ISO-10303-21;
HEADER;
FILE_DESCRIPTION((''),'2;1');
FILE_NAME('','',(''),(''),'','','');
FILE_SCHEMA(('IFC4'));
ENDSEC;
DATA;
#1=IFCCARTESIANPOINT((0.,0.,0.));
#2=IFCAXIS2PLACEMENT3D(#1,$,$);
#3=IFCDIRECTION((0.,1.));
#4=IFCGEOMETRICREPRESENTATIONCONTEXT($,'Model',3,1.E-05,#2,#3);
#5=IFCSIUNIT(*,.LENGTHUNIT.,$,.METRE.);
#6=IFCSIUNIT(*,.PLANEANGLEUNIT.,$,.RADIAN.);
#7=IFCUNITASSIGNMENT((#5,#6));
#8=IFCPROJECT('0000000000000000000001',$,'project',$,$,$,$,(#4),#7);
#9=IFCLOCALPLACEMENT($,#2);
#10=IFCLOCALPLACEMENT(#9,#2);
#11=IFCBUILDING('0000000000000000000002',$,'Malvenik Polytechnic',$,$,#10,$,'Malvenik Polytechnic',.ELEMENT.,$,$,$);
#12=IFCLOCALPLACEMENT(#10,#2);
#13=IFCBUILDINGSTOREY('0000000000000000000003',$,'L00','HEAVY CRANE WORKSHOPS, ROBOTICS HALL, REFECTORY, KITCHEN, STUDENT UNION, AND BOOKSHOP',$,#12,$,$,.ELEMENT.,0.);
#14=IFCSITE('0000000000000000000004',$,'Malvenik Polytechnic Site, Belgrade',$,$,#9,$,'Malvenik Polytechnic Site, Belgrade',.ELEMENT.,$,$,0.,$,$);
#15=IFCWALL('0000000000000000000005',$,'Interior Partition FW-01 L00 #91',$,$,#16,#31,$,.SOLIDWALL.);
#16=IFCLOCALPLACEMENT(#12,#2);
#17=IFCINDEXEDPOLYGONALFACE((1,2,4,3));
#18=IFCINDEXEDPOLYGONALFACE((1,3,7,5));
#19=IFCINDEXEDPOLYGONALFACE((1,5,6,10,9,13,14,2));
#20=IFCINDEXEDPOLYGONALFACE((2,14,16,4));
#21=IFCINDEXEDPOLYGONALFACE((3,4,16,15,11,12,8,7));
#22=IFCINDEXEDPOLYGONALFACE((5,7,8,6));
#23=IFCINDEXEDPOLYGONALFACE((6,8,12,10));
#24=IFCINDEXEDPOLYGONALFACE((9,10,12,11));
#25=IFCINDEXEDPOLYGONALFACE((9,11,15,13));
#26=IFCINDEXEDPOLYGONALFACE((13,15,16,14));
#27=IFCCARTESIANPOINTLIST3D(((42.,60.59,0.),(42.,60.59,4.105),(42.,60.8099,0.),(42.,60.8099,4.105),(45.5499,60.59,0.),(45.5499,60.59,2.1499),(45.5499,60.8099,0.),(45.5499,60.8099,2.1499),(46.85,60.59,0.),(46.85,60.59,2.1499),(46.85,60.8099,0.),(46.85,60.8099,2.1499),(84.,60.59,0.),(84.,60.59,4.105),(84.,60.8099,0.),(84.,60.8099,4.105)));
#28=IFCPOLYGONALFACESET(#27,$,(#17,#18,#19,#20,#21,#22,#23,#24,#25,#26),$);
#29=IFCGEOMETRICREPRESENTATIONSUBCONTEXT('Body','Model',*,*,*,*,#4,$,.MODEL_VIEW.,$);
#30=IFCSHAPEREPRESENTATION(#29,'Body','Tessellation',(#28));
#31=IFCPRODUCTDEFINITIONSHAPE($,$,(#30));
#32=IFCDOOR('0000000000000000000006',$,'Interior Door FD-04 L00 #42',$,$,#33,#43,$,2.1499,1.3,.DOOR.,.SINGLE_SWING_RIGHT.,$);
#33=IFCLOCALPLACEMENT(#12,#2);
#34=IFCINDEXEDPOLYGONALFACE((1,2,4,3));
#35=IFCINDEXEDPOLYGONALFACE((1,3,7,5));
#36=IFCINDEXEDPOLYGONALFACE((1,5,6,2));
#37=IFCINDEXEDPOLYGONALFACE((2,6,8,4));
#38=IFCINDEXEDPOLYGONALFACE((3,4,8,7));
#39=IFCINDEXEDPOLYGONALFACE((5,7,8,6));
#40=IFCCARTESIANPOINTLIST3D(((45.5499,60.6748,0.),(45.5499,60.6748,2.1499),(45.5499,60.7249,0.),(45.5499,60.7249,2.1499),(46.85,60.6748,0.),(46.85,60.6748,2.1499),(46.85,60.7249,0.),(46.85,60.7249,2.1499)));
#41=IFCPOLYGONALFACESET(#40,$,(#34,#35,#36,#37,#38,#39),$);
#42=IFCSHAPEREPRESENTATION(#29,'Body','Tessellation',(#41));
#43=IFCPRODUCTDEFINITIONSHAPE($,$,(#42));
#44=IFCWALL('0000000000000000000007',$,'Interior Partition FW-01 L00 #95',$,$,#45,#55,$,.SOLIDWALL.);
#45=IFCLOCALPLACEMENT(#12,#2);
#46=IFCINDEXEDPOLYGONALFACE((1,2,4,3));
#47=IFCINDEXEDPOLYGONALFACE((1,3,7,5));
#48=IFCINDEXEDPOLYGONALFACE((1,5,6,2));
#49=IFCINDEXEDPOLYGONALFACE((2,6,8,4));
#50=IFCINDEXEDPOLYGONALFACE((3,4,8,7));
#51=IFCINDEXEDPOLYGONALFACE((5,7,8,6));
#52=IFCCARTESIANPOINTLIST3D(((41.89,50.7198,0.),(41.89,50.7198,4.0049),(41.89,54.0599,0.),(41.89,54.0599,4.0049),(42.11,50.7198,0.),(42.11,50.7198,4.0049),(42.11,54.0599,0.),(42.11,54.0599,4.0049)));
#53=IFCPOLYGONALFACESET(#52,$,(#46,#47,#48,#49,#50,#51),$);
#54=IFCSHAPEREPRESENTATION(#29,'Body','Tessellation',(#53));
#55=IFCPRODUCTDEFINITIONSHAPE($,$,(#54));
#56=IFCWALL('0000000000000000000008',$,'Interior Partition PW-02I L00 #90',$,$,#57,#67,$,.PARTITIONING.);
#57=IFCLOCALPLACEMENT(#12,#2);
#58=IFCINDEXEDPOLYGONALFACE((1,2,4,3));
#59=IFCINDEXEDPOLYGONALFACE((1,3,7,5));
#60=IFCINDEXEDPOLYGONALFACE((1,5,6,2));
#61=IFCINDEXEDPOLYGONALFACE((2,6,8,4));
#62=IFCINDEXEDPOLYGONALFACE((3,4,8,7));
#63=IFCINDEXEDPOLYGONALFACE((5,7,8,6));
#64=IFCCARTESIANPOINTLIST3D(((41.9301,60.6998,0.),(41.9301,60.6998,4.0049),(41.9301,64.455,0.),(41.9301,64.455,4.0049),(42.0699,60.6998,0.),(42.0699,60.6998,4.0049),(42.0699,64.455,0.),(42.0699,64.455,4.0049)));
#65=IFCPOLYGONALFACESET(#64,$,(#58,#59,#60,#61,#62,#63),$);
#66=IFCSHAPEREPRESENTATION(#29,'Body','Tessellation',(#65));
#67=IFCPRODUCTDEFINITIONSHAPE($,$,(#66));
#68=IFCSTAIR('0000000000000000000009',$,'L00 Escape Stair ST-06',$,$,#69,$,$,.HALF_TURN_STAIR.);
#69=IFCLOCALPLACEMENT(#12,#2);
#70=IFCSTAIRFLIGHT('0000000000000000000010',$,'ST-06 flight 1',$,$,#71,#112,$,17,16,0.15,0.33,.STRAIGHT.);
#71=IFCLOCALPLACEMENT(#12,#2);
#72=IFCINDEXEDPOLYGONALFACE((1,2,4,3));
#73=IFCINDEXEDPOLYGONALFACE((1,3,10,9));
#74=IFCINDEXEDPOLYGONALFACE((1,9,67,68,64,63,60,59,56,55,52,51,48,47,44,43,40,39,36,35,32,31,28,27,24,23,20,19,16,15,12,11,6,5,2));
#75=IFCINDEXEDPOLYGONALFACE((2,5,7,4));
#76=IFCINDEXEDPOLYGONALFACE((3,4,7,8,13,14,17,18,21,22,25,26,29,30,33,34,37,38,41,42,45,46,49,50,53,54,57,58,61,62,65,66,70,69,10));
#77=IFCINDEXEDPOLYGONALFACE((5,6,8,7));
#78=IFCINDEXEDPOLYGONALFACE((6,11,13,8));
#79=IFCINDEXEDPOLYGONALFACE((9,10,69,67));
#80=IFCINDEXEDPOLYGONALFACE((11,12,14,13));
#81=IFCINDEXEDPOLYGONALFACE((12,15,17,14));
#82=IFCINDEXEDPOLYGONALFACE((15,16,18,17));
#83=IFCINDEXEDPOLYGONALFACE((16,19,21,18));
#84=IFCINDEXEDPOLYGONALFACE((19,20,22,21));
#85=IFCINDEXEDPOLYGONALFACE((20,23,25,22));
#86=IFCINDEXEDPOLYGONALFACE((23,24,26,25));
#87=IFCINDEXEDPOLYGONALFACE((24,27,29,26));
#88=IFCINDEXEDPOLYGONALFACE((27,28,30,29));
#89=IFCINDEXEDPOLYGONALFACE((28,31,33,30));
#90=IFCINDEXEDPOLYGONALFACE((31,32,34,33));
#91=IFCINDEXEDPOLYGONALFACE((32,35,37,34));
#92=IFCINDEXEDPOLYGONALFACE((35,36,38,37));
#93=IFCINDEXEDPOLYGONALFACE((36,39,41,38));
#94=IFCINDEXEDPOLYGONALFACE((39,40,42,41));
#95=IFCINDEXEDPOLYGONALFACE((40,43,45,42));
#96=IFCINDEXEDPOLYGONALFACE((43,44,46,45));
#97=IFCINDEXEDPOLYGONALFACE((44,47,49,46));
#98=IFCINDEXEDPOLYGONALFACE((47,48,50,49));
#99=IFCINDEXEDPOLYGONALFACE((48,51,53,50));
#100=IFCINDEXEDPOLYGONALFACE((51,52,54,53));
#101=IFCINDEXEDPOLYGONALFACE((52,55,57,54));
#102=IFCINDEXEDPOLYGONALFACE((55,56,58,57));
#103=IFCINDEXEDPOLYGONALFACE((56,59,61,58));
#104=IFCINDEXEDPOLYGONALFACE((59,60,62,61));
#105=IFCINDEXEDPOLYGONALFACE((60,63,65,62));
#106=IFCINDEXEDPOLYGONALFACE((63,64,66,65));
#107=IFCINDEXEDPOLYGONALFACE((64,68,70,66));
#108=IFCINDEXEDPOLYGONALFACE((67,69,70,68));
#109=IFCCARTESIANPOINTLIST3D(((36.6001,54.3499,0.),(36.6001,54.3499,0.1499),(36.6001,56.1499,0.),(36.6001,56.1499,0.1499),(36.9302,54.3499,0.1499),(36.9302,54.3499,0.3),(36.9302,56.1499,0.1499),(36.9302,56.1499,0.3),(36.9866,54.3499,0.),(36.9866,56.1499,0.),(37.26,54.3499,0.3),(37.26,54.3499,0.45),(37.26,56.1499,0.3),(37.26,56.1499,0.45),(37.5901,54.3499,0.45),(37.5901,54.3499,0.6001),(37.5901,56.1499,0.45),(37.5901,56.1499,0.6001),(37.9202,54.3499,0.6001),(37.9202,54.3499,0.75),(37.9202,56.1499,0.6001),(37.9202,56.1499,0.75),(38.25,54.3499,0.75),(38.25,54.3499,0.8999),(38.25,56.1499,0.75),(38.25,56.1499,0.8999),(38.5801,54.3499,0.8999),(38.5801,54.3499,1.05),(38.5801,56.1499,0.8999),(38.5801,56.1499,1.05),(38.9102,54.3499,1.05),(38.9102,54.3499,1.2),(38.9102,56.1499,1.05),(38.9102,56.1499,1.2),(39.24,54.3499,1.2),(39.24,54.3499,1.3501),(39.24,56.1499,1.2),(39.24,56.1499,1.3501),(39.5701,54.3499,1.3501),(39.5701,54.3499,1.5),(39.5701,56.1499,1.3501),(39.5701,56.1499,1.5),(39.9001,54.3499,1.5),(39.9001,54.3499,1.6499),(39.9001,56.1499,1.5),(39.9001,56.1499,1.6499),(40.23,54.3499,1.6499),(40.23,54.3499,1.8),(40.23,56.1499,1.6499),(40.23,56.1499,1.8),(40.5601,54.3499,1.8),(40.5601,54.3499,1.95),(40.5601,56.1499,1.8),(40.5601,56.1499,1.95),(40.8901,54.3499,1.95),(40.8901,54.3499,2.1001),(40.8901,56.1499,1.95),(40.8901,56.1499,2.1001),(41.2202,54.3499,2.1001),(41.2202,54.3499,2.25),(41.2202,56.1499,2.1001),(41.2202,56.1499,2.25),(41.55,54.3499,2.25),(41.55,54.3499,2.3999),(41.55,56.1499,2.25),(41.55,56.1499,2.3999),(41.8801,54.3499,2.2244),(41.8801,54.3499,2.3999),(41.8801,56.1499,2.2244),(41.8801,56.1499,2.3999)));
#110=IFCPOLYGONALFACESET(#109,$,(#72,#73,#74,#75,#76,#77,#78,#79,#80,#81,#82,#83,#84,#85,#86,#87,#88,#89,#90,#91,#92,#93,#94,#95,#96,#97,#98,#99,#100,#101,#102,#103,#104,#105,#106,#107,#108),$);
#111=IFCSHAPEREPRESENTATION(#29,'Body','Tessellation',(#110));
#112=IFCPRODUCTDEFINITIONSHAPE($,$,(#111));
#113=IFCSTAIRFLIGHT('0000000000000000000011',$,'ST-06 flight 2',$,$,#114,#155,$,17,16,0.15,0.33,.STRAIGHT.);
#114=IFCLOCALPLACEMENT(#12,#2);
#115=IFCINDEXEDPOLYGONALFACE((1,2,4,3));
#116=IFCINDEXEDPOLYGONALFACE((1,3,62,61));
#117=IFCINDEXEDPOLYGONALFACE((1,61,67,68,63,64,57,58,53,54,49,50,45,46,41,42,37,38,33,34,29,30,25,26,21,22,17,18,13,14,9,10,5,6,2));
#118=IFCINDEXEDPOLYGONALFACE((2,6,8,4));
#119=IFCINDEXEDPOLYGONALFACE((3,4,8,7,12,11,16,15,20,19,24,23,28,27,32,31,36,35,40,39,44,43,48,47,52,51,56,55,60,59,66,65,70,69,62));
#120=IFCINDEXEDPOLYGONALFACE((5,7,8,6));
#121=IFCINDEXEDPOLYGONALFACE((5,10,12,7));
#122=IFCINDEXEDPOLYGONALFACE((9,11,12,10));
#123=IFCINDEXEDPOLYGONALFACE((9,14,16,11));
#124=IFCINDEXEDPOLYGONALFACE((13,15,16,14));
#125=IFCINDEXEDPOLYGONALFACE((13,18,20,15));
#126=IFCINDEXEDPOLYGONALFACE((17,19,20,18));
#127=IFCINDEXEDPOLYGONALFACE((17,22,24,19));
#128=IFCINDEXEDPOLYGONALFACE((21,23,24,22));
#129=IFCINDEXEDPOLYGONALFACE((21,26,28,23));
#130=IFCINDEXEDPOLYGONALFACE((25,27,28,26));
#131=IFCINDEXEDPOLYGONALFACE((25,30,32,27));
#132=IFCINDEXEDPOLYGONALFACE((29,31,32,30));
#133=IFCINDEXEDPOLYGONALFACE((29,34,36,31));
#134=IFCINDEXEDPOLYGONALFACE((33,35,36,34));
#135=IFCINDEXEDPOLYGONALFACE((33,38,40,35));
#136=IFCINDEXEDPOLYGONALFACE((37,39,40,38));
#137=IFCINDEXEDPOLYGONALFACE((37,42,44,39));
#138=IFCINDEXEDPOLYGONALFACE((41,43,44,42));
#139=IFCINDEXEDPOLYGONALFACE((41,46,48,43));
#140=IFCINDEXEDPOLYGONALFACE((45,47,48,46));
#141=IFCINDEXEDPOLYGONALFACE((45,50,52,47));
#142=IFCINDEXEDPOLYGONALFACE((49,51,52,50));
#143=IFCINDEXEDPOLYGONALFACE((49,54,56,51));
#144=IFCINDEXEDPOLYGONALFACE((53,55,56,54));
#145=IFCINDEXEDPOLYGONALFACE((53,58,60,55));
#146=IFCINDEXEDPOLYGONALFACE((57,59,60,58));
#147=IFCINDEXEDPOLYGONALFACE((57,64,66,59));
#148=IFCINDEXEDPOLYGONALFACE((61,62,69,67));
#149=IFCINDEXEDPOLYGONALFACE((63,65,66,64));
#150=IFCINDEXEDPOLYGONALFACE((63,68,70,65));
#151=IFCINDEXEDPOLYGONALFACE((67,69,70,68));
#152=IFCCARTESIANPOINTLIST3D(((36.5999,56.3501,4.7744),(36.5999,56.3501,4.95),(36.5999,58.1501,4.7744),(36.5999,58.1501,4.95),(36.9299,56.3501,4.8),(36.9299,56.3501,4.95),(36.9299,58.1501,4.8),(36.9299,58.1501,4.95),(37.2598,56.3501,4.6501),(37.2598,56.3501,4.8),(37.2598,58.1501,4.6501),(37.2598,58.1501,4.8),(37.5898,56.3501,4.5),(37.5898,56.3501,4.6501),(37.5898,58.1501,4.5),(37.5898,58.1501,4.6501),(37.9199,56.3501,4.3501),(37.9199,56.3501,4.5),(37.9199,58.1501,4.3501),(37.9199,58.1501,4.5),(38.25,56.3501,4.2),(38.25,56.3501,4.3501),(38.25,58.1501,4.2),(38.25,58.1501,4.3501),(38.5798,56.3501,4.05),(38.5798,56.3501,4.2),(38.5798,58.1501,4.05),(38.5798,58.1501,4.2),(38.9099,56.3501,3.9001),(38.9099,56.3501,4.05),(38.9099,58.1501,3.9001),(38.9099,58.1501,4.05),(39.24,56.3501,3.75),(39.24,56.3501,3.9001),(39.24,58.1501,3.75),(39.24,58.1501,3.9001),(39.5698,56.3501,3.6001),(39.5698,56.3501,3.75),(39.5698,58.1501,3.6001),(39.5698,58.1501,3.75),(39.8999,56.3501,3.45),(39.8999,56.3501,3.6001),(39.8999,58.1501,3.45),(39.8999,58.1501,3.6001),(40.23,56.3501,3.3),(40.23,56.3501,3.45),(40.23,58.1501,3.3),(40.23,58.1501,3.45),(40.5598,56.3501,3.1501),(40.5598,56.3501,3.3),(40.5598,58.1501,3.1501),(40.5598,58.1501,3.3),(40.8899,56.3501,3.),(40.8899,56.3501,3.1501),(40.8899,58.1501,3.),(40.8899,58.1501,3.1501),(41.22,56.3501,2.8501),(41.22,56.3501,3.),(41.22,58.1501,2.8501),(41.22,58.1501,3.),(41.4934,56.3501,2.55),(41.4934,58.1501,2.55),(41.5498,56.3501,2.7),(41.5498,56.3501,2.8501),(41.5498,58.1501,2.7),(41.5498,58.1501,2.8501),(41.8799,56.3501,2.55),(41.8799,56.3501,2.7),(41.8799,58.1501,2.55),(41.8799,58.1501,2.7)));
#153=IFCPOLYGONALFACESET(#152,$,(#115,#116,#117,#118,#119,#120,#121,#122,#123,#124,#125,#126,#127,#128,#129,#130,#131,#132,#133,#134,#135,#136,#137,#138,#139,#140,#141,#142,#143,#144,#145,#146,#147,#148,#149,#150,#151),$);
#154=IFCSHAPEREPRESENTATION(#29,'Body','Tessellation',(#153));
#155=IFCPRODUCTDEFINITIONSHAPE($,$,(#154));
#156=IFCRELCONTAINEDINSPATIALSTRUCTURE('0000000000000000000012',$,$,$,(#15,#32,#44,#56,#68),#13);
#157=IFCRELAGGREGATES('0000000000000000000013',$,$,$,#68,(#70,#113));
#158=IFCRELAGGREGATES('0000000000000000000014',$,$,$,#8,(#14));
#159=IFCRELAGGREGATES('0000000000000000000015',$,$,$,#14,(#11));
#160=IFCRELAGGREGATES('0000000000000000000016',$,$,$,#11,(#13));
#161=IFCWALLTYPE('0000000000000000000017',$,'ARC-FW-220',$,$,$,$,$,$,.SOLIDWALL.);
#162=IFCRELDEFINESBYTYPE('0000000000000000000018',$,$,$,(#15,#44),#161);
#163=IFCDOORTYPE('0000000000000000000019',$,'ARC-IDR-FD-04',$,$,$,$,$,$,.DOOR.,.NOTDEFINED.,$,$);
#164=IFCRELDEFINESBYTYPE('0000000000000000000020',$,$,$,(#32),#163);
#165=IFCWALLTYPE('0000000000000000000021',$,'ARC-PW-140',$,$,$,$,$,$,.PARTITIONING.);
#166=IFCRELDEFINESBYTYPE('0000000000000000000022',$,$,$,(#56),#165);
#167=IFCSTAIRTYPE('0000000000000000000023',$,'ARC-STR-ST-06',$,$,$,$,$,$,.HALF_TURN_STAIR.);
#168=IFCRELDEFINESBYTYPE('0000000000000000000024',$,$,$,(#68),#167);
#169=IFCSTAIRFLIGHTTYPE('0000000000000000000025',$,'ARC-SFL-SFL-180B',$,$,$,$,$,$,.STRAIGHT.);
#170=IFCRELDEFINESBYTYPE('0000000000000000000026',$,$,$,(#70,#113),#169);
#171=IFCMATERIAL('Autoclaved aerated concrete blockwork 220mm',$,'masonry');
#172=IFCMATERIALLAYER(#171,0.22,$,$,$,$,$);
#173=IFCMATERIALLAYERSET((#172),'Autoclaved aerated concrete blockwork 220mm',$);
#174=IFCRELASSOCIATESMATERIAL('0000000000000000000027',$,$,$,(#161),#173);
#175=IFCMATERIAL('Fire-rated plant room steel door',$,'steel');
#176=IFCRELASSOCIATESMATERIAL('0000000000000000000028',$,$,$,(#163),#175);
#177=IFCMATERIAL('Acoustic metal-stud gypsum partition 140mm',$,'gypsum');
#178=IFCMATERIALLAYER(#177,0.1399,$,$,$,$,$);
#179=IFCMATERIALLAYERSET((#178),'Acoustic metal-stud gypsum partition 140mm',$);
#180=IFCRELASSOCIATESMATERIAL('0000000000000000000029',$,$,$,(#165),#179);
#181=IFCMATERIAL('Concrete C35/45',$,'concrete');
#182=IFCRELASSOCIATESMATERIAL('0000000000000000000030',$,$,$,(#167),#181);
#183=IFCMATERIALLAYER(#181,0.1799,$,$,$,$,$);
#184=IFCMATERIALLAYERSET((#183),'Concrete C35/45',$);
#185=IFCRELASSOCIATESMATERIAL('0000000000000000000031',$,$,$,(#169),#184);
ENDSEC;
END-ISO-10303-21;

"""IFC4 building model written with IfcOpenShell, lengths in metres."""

from ifc_helpers import new_model, si_unit, direction, frame, frame_2d, origin, place, context, subcontext, project, spatial, polyline, rectangle, outline, extrude, material, layer, layer_set, type_object, element, fill, aggregate, save


model = new_model("IFC4")

# Units and contexts
model_context = context("Model", 3, precision=1e-05, world=origin(), true_north=direction((0.0, 1.0)))
body_context = subcontext(model_context, "Body", "Model", "MODEL_VIEW")
ifc_project = project(units=[si_unit("LENGTHUNIT", "METRE"), si_unit("PLANEANGLEUNIT", "RADIAN")], contexts=[model_context])

# Site, building, storey
site_placement = place(None, origin())
site = spatial("IfcSite", under=ifc_project, at=site_placement, Name="Malvenik Polytechnic Site, Belgrade", LongName="Malvenik Polytechnic Site, Belgrade", CompositionType="ELEMENT", RefElevation=0.0)
building_placement = place(site_placement, origin())
building = spatial("IfcBuilding", under=site, at=building_placement, Name="Malvenik Polytechnic", LongName="Malvenik Polytechnic", CompositionType="ELEMENT")
storey_placement = place(building_placement, origin())
storey = spatial("IfcBuildingStorey", under=building, at=storey_placement, Name="L00", Description="HEAVY CRANE WORKSHOPS, ROBOTICS HALL, REFECTORY, KITCHEN, STUDENT UNION, AND BOOKSHOP", CompositionType="ELEMENT", Elevation=0.0)

# Shared definitions
ifc_material_1 = material(Name="Concrete C35/45", Category="concrete")

# Wall, opening, door
ifc_material_2 = material(Name="Autoclaved aerated concrete blockwork 220mm", Category="masonry")
ifc_layer_1 = layer(ifc_material_2, 0.22)
ifc_layer_set_1 = layer_set([ifc_layer_1], Name="Autoclaved aerated concrete blockwork 220mm")
wall_type_1 = type_object("IfcWallType", Name="ARC-FW-220", PredefinedType="SOLIDWALL", material=ifc_layer_set_1)
wall_1_placement = place(storey_placement, frame((42.0, 60.7, 0.0), z_axis=(0.0, 0.0, 1.0), x_axis=(1.0, 0.0, 0.0)))
wall_1 = element("IfcWall", 1, at=wall_1_placement, inside=storey, type_object=wall_type_1, Name="Interior Partition FW-01 L00 #91", PredefinedType="SOLIDWALL", context=body_context, shape_type="SweptSolid", body=[
    extrude(rectangle(XDim=42.0, YDim=0.22, at=frame_2d((21.0, 0.0))), origin(), (0.0, 0.0, 1.0), 4.105),
])
opening_1_placement = place(wall_1_placement, frame((3.55, 0.0, 0.0)))
opening_1 = element("IfcOpeningElement", 2, at=opening_1_placement, cuts=wall_1, PredefinedType="OPENING", context=body_context, shape_type="SweptSolid", body=[
    extrude(rectangle(XDim=1.3, YDim=2.1499, at=frame_2d((0.6499, 1.075))), frame((0.0, 0.1201, 0.0), z_axis=(0.0, -1.0, 0.0), x_axis=(1.0, 0.0, 0.0)), (0.0, 0.0, 1.0), 0.24),
])
ifc_material_3 = material(Name="Fire-rated plant room steel door", Category="steel")
door_type_1 = type_object("IfcDoorType", Name="ARC-IDR-FD-04", OperationType="NOTDEFINED", PredefinedType="DOOR", material=ifc_material_3)
door_1_placement = place(opening_1_placement, origin())
door_1 = element("IfcDoor", 3, at=door_1_placement, inside=storey, type_object=door_type_1, Name="Interior Door FD-04 L00 #42", OperationType="SINGLE_SWING_RIGHT", OverallHeight=2.1499, OverallWidth=1.3, PredefinedType="DOOR", context=body_context, shape_type="SweptSolid", body=[
    extrude(rectangle(XDim=1.3, YDim=2.1499, at=frame_2d((0.6499, 1.075))), frame((0.0, 0.0249, 0.0), z_axis=(0.0, -1.0, 0.0), x_axis=(1.0, 0.0, 0.0)), (0.0, 0.0, 1.0), 0.05),
])
fill(opening_1, door_1)

# Walls
wall_2_placement = place(storey_placement, frame((42.0, 50.72, 0.0), z_axis=(0.0, 0.0, 1.0), x_axis=(0.0, 1.0, 0.0)))
element("IfcWall", 4, at=wall_2_placement, inside=storey, type_object=wall_type_1, Name="Interior Partition FW-01 L00 #95", PredefinedType="SOLIDWALL", context=body_context, shape_type="SweptSolid", body=[
    extrude(rectangle(XDim=3.3401, YDim=0.22, at=frame_2d((1.6699, 0.0))), origin(), (0.0, 0.0, 1.0), 4.0049),
])
ifc_material_4 = material(Name="Acoustic metal-stud gypsum partition 140mm", Category="gypsum")
ifc_layer_2 = layer(ifc_material_4, 0.1399)
ifc_layer_set_2 = layer_set([ifc_layer_2], Name="Acoustic metal-stud gypsum partition 140mm")
wall_type_2 = type_object("IfcWallType", Name="ARC-PW-140", PredefinedType="PARTITIONING", material=ifc_layer_set_2)
wall_3_placement = place(storey_placement, frame((42.0, 60.7, 0.0), z_axis=(0.0, 0.0, 1.0), x_axis=(0.0, 1.0, 0.0)))
element("IfcWall", 5, at=wall_3_placement, inside=storey, type_object=wall_type_2, Name="Interior Partition PW-02I L00 #90", PredefinedType="PARTITIONING", context=body_context, shape_type="SweptSolid", body=[
    extrude(rectangle(XDim=3.7551, YDim=0.1399, at=frame_2d((1.8774, 0.0))), origin(), (0.0, 0.0, 1.0), 4.0049),
])

# Stair, stair flights
stair_type = type_object("IfcStairType", Name="ARC-STR-ST-06", PredefinedType="HALF_TURN_STAIR", material=ifc_material_1)
stair_placement = place(storey_placement, origin())
stair = element("IfcStair", 6, at=stair_placement, inside=storey, type_object=stair_type, Name="L00 Escape Stair ST-06", PredefinedType="HALF_TURN_STAIR")
ifc_layer_3 = layer(ifc_material_1, 0.1799)
ifc_layer_set_3 = layer_set([ifc_layer_3], Name="Concrete C35/45")
stair_flight_type = type_object("IfcStairFlightType", Name="ARC-SFL-SFL-180B", PredefinedType="STRAIGHT", material=ifc_layer_set_3)
stair_flight_1_placement = place(storey_placement, frame((36.6001, 55.25, 0.0), z_axis=(0.0, 0.0, 1.0), x_axis=(1.0, 0.0, 0.0)))
stair_flight_1 = element("IfcStairFlight", 7, at=stair_flight_1_placement, type_object=stair_flight_type, Name="ST-06 flight 1", NumberOfRisers=17, NumberOfTreads=16, PredefinedType="STRAIGHT", RiserHeight=0.15, TreadLength=0.33, context=body_context, shape_type="SweptSolid", body=[
    extrude(outline(polyline([(0.0, 0.0), (0.0, 0.1499), (0.3301, 0.1499), (0.3301, 0.3), (0.6599, 0.3), (0.6599, 0.45), (0.99, 0.45), (0.99, 0.6001), (1.3201, 0.6001), (1.3201, 0.75), (1.6499, 0.75), (1.6499, 0.8999), (1.98, 0.8999), (1.98, 1.05), (2.3101, 1.05), (2.3101, 1.2), (2.6399, 1.2), (2.6399, 1.3501), (2.97, 1.3501), (2.97, 1.5), (3.3, 1.5), (3.3, 1.6499), (3.6299, 1.6499), (3.6299, 1.8), (3.96, 1.8), (3.96, 1.95), (4.29, 1.95), (4.29, 2.1001), (4.6201, 2.1001), (4.6201, 2.25), (4.95, 2.25), (4.95, 2.3999), (5.28, 2.3999), (5.28, 2.55), (5.28, 2.2244), (0.3865, 0.0), (0.0, 0.0)])), frame((0.0, 0.8999, 0.0), z_axis=(0.0, -1.0, 0.0), x_axis=(1.0, 0.0, 0.0)), (0.0, 0.0, 1.0), 1.8),
])
stair_flight_2_placement = place(storey_placement, frame((41.8799, 57.25, 2.55), z_axis=(0.0, 0.0, 1.0), x_axis=(-1.0, 0.0, 0.0)))
stair_flight_2 = element("IfcStairFlight", 8, at=stair_flight_2_placement, type_object=stair_flight_type, Name="ST-06 flight 2", NumberOfRisers=17, NumberOfTreads=16, PredefinedType="STRAIGHT", RiserHeight=0.15, TreadLength=0.33, context=body_context, shape_type="SweptSolid", body=[
    extrude(outline(polyline([(0.0, 0.0), (0.0, 0.1499), (0.3301, 0.1499), (0.3301, 0.3), (0.6599, 0.3), (0.6599, 0.45), (0.99, 0.45), (0.99, 0.6001), (1.3201, 0.6001), (1.3201, 0.75), (1.6499, 0.75), (1.6499, 0.8999), (1.98, 0.8999), (1.98, 1.05), (2.3101, 1.05), (2.3101, 1.2), (2.6399, 1.2), (2.6399, 1.3501), (2.97, 1.3501), (2.97, 1.5), (3.3, 1.5), (3.3, 1.6499), (3.6299, 1.6499), (3.6299, 1.8), (3.96, 1.8), (3.96, 1.95), (4.29, 1.95), (4.29, 2.1001), (4.6201, 2.1001), (4.6201, 2.25), (4.95, 2.25), (4.95, 2.3999), (5.28, 2.3999), (5.28, 2.55), (5.28, 2.2244), (0.3865, 0.0), (0.0, 0.0)])), frame((0.0, 0.8999, 0.0), z_axis=(0.0, -1.0, 0.0), x_axis=(1.0, 0.0, 0.0)), (0.0, 0.0, 1.0), 1.8),
])
aggregate(stair, [stair_flight_1, stair_flight_2])

save(model, "model.ifc")
